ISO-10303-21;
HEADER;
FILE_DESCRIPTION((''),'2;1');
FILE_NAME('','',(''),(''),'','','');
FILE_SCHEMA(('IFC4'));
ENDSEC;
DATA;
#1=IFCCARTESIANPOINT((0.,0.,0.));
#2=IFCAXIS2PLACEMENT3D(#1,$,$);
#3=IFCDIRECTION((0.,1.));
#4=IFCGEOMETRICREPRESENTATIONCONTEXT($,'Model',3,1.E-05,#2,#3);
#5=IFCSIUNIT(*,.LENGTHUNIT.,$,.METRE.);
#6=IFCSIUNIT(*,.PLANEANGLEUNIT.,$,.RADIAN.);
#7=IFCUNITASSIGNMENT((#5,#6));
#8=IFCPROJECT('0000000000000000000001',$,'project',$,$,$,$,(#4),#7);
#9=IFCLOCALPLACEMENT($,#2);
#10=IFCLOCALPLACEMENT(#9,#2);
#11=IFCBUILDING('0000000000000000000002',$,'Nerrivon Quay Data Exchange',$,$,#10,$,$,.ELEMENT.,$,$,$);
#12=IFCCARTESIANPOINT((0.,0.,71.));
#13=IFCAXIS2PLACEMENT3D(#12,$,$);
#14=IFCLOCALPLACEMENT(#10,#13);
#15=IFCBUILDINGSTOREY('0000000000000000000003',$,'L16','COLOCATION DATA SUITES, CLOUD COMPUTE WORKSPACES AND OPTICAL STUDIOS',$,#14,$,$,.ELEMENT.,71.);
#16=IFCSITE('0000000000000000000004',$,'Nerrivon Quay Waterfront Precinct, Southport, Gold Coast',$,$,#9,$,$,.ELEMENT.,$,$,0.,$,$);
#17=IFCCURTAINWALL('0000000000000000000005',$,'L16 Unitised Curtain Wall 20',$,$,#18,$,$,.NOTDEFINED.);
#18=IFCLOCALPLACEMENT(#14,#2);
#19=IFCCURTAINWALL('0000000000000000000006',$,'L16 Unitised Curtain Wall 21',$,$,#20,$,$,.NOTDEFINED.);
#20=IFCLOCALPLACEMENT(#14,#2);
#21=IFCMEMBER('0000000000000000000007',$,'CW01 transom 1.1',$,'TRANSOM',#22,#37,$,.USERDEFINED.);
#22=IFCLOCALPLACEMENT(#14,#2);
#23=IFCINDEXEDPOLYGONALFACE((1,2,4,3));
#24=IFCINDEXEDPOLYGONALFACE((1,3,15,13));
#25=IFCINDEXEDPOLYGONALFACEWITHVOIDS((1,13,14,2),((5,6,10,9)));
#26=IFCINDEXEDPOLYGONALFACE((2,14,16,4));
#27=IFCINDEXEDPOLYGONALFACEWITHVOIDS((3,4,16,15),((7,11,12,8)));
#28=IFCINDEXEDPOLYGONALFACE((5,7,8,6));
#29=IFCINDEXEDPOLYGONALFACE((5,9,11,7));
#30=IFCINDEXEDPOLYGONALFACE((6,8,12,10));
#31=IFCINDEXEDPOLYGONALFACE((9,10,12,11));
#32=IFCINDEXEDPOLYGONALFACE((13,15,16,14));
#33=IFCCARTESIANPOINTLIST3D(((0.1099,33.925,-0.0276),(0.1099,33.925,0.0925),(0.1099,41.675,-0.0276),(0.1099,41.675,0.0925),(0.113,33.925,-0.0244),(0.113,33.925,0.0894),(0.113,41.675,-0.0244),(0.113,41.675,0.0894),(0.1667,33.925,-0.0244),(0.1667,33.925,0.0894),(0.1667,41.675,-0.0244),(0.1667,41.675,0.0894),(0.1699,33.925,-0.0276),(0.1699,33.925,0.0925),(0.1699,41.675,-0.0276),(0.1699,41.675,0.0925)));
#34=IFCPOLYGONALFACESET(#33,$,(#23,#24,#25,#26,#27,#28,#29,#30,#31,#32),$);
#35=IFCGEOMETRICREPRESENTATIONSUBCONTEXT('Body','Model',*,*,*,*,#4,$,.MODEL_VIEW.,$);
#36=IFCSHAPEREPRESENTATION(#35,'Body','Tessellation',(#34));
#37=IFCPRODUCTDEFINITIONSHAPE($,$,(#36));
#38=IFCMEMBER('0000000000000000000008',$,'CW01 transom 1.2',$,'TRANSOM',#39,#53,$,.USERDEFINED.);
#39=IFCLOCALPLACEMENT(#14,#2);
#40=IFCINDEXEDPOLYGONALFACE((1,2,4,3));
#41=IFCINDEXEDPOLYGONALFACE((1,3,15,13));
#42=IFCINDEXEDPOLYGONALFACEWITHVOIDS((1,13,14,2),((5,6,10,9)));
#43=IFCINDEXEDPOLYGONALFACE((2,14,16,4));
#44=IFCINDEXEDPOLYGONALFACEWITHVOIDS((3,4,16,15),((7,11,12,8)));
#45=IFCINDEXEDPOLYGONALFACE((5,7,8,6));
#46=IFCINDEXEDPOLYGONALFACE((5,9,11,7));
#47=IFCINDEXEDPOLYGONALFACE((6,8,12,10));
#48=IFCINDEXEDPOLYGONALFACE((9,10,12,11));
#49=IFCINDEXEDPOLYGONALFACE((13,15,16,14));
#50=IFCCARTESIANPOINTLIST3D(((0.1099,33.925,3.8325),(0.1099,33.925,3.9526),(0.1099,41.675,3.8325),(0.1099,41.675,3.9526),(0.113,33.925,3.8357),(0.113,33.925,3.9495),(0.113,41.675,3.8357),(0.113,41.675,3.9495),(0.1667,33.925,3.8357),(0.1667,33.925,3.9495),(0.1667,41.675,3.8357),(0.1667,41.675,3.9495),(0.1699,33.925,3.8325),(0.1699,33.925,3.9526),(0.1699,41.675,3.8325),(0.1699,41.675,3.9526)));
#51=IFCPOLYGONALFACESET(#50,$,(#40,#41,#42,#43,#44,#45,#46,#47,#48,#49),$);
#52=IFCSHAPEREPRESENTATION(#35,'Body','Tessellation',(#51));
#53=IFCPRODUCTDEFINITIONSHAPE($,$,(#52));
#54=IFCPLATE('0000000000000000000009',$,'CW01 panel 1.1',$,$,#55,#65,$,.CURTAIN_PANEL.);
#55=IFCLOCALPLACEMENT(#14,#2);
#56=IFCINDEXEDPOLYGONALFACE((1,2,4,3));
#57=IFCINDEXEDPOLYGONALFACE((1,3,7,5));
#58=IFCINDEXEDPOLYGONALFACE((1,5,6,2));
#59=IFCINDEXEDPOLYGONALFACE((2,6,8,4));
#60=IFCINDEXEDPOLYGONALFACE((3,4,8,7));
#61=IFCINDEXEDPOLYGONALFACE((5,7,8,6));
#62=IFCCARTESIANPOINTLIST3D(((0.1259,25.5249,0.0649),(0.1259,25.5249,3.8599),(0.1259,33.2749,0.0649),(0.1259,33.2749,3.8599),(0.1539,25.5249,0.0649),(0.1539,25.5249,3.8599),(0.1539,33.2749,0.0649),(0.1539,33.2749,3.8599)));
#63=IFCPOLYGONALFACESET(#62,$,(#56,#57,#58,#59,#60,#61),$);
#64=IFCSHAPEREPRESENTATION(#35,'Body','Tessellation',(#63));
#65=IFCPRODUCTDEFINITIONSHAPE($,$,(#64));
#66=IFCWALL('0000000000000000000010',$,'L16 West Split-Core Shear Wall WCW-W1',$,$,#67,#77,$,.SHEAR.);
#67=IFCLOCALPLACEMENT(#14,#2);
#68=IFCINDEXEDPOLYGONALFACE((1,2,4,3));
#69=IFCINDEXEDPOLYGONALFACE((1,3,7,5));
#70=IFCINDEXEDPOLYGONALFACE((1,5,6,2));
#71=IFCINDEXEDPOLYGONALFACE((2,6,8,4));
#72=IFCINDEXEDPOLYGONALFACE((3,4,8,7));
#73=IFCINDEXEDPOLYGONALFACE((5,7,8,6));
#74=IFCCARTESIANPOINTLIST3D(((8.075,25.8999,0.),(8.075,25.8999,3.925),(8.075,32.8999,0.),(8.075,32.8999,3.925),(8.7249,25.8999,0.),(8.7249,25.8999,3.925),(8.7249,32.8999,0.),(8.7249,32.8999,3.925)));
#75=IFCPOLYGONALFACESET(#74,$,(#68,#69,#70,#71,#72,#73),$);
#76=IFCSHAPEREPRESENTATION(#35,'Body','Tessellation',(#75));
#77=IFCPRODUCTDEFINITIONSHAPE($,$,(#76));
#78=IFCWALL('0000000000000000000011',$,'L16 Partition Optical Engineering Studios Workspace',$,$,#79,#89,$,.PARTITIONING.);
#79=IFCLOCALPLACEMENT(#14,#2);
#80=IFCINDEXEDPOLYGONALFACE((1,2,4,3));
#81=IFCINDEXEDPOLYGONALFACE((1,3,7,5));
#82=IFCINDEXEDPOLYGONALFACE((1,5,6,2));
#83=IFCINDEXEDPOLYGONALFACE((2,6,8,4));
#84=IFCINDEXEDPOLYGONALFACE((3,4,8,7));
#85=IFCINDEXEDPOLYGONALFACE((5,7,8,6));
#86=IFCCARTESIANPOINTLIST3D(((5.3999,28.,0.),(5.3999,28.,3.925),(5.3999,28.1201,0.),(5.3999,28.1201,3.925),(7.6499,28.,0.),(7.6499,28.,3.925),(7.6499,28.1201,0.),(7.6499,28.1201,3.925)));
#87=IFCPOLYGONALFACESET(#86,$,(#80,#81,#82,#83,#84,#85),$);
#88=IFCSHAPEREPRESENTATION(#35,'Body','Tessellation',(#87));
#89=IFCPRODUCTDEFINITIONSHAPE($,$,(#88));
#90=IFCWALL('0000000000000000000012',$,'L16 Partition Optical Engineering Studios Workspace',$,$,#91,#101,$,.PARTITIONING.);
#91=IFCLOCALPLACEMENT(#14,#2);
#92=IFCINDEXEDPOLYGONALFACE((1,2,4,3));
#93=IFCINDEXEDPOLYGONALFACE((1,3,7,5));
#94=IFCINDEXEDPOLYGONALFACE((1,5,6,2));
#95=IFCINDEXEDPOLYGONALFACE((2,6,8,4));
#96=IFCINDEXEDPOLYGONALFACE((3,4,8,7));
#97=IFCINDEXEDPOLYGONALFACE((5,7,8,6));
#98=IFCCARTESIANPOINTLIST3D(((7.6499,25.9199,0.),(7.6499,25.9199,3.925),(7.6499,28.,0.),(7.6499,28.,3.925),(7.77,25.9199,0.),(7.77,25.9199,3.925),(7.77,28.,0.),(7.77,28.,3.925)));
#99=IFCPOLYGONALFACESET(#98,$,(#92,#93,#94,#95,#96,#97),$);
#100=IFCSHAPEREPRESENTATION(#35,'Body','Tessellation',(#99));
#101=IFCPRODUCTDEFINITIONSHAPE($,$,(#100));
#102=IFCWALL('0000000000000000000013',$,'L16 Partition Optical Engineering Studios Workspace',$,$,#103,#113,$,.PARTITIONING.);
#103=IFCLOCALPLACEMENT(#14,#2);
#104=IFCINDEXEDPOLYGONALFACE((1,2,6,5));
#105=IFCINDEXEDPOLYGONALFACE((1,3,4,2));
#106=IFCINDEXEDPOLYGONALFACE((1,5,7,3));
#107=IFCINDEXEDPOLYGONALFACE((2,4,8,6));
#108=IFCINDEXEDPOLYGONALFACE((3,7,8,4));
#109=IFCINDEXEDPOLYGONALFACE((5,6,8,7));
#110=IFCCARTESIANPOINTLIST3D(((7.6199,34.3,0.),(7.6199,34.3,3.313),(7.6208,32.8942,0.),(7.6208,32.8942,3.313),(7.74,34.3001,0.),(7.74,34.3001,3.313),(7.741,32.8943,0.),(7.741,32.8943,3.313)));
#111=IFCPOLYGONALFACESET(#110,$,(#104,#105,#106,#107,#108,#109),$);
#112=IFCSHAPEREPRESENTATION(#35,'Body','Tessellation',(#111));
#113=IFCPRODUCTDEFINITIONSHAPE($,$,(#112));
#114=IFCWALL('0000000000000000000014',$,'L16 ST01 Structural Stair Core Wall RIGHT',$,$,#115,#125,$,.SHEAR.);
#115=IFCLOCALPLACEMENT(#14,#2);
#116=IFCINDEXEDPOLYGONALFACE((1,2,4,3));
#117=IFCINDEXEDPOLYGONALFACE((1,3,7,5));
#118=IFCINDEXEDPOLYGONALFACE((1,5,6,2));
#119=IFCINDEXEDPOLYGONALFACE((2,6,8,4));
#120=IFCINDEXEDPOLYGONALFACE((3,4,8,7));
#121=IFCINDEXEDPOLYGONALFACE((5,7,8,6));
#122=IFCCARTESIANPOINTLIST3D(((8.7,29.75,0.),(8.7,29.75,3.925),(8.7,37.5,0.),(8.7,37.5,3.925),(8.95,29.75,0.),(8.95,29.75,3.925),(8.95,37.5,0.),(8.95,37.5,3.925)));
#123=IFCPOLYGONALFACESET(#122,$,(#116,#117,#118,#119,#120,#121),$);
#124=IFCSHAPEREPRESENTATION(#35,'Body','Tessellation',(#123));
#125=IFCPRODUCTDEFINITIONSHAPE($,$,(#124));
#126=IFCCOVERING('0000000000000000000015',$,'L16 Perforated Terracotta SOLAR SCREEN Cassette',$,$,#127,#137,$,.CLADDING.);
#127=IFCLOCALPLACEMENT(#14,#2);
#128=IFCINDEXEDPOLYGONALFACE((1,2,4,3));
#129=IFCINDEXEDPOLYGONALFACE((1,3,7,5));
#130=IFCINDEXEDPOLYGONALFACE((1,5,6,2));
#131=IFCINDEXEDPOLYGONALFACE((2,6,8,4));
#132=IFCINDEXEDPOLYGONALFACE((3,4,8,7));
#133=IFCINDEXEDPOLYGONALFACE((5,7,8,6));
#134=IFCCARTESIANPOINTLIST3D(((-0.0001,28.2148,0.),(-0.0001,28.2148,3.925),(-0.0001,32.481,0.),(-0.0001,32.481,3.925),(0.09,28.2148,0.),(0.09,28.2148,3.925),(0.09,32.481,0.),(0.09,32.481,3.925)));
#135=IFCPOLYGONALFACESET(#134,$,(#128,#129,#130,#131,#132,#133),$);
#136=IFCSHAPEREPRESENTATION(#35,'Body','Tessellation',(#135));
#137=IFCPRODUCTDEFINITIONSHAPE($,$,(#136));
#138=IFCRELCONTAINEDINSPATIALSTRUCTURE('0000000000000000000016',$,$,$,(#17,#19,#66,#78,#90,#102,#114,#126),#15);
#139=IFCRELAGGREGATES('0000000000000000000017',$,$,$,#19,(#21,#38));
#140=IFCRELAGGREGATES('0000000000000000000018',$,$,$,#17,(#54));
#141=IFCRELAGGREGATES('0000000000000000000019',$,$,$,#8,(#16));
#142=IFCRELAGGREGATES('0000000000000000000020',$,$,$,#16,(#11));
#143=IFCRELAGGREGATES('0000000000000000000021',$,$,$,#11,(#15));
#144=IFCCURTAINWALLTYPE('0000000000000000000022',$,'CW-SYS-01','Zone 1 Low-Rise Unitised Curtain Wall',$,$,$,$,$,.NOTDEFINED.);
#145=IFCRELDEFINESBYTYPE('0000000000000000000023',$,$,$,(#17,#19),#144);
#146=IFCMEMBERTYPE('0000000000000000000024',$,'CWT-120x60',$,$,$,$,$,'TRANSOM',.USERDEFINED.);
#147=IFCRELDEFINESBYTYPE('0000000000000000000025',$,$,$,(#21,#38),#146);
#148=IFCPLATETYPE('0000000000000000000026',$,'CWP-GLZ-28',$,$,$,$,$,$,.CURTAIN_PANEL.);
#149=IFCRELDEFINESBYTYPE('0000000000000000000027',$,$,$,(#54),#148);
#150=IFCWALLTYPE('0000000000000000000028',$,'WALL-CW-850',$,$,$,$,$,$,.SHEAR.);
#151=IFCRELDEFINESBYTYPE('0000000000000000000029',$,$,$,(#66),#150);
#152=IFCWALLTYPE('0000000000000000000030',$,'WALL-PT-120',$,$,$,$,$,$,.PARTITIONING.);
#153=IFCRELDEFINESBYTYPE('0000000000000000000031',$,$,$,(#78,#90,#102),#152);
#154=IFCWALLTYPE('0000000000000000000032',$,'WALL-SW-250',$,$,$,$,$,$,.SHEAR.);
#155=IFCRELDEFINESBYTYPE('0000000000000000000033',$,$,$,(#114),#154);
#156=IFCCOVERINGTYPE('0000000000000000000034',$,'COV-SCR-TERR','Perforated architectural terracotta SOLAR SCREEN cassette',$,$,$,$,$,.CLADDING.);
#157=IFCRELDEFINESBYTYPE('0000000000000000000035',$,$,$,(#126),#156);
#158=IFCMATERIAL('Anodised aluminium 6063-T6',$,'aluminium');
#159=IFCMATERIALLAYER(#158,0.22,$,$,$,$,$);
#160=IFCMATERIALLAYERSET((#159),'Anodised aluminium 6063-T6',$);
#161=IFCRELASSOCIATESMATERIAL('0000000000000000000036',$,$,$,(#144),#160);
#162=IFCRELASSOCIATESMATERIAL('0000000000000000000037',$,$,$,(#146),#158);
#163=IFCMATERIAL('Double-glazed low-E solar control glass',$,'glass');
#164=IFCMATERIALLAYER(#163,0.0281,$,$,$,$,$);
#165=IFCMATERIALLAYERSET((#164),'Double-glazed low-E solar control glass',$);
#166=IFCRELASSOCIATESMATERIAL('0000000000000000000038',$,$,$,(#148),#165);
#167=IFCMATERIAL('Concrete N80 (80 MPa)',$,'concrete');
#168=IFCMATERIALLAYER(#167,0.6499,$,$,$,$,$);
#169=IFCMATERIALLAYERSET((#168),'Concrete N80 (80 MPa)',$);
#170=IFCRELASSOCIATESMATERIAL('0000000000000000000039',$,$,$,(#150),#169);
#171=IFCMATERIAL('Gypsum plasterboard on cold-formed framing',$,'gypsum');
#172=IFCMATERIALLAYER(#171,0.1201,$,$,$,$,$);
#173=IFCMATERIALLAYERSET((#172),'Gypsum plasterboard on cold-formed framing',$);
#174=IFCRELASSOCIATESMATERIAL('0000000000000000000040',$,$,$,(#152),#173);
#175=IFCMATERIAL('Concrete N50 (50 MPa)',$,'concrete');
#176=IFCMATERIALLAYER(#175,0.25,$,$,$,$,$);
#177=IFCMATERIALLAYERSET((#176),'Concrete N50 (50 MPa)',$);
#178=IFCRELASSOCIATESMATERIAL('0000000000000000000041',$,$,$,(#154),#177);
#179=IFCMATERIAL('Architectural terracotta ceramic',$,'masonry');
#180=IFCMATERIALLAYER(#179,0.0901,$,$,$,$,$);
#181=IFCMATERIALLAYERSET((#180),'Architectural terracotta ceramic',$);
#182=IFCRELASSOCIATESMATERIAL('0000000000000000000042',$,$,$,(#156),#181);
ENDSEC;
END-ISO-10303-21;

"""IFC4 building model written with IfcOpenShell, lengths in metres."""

from ifc_helpers import new_model, si_unit, direction, frame, frame_2d, origin, origin_2d, place, context, subcontext, project, spatial, rectangle, hollow_rectangle, extrude, material, layer, layer_set, material_profile, profile_set, type_object, element, aggregate, save


model = new_model("IFC4")

# Units and contexts
model_context = context("Model", 3, precision=1e-05, world=origin(), true_north=direction((0.0, 1.0)))
body_context = subcontext(model_context, "Body", "Model", "MODEL_VIEW")
ifc_project = project(units=[si_unit("LENGTHUNIT", "METRE"), si_unit("PLANEANGLEUNIT", "RADIAN")], contexts=[model_context])

# Site, building, storey
site_placement = place(None, origin())
site = spatial("IfcSite", under=ifc_project, at=site_placement, Name="Nerrivon Quay Waterfront Precinct, Southport, Gold Coast", CompositionType="ELEMENT", RefElevation=0.0)
building_placement = place(site_placement, origin())
building = spatial("IfcBuilding", under=site, at=building_placement, Name="Nerrivon Quay Data Exchange", CompositionType="ELEMENT")
storey_placement = place(building_placement, frame((0.0, 0.0, 71.0)))
storey = spatial("IfcBuildingStorey", under=building, at=storey_placement, Name="L16", Description="COLOCATION DATA SUITES, CLOUD COMPUTE WORKSPACES AND OPTICAL STUDIOS", CompositionType="ELEMENT", Elevation=71.0)

# Shared definitions
ifc_material_1 = material(Name="Concrete N80 (80 MPa)", Category="concrete")

# Curtain wall
ifc_material_2 = material(Name="Anodised aluminium 6063-T6", Category="aluminium")
ifc_layer_1 = layer(ifc_material_2, 0.22)
ifc_layer_set_1 = layer_set([ifc_layer_1], Name="Anodised aluminium 6063-T6")
curtain_wall_type = type_object("IfcCurtainWallType", Name="CW-SYS-01", Description="Zone 1 Low-Rise Unitised Curtain Wall", PredefinedType="NOTDEFINED", material=ifc_layer_set_1)
curtain_wall_1_placement = place(storey_placement, origin())
curtain_wall_1 = element("IfcCurtainWall", 1, at=curtain_wall_1_placement, inside=storey, type_object=curtain_wall_type, Name="L16 Unitised Curtain Wall 20", PredefinedType="NOTDEFINED")

# Curtain wall
curtain_wall_2_placement = place(storey_placement, origin())
curtain_wall_2 = element("IfcCurtainWall", 2, at=curtain_wall_2_placement, inside=storey, type_object=curtain_wall_type, Name="L16 Unitised Curtain Wall 21", PredefinedType="NOTDEFINED")

# Members
ifc_material_profile_1 = material_profile(ifc_material_2, hollow_rectangle(XDim=0.0601, YDim=0.1201, WallThickness=0.0032, at=origin_2d()), Name="ALU-TRAN-120x60")
ifc_profile_set_1 = profile_set([ifc_material_profile_1], Name="Anodised aluminium 6063-T6")
member_type_1 = type_object("IfcMemberType", Name="CWT-120x60", ElementType="TRANSOM", PredefinedType="USERDEFINED", material=ifc_profile_set_1)
member_1_placement = place(storey_placement, frame((0.1399, 33.925, 0.0325), z_axis=(0.0, 1.0, 0.0), x_axis=(-1.0, 0.0, 0.0)))
member_1 = element("IfcMember", 3, at=member_1_placement, type_object=member_type_1, Name="CW01 transom 1.1", ObjectType="TRANSOM", PredefinedType="USERDEFINED", context=body_context, shape_type="SweptSolid", body=[
    extrude(hollow_rectangle(XDim=0.0601, YDim=0.1201, WallThickness=0.0032, at=origin_2d()), origin(), (0.0, 0.0, 1.0), 7.75),
])
member_2_placement = place(storey_placement, frame((0.1399, 33.925, 3.8926), z_axis=(0.0, 1.0, 0.0), x_axis=(-1.0, 0.0, 0.0)))
member_2 = element("IfcMember", 4, at=member_2_placement, type_object=member_type_1, Name="CW01 transom 1.2", ObjectType="TRANSOM", PredefinedType="USERDEFINED", context=body_context, shape_type="SweptSolid", body=[
    extrude(hollow_rectangle(XDim=0.0601, YDim=0.1201, WallThickness=0.0032, at=origin_2d()), origin(), (0.0, 0.0, 1.0), 7.75),
])
aggregate(curtain_wall_2, [member_1, member_2])

# Plate
ifc_material_3 = material(Name="Double-glazed low-E solar control glass", Category="glass")
ifc_layer_2 = layer(ifc_material_3, 0.0281)
ifc_layer_set_2 = layer_set([ifc_layer_2], Name="Double-glazed low-E solar control glass")
plate_type = type_object("IfcPlateType", Name="CWP-GLZ-28", PredefinedType="CURTAIN_PANEL", material=ifc_layer_set_2)
plate_placement = place(storey_placement, frame((0.1399, 29.3999, 0.0649), z_axis=(0.0, 0.0, 1.0), x_axis=(0.0, 1.0, 0.0)))
plate = element("IfcPlate", 5, at=plate_placement, type_object=plate_type, Name="CW01 panel 1.1", PredefinedType="CURTAIN_PANEL", context=body_context, shape_type="SweptSolid", body=[
    extrude(rectangle(XDim=7.75, YDim=0.0281, at=origin_2d()), origin(), (0.0, 0.0, 1.0), 3.7949),
])
aggregate(curtain_wall_1, [plate])

# Walls
ifc_layer_3 = layer(ifc_material_1, 0.6499)
ifc_layer_set_3 = layer_set([ifc_layer_3], Name="Concrete N80 (80 MPa)")
wall_type_1 = type_object("IfcWallType", Name="WALL-CW-850", PredefinedType="SHEAR", material=ifc_layer_set_3)
wall_1_placement = place(storey_placement, frame((8.3999, 25.8999, 0.0), z_axis=(0.0, 0.0, 1.0), x_axis=(0.0, 1.0, 0.0)))
element("IfcWall", 6, at=wall_1_placement, inside=storey, type_object=wall_type_1, Name="L16 West Split-Core Shear Wall WCW-W1", PredefinedType="SHEAR", context=body_context, shape_type="SweptSolid", body=[
    extrude(rectangle(XDim=7.0, YDim=0.6499, at=frame_2d((3.5, 0.0))), origin(), (0.0, 0.0, 1.0), 3.925),
])
ifc_material_4 = material(Name="Gypsum plasterboard on cold-formed framing", Category="gypsum")
ifc_layer_4 = layer(ifc_material_4, 0.1201)
ifc_layer_set_4 = layer_set([ifc_layer_4], Name="Gypsum plasterboard on cold-formed framing")
wall_type_2 = type_object("IfcWallType", Name="WALL-PT-120", PredefinedType="PARTITIONING", material=ifc_layer_set_4)
wall_2_placement = place(storey_placement, frame((5.3999, 28.0601, 0.0), z_axis=(0.0, 0.0, 1.0), x_axis=(1.0, 0.0, 0.0)))
element("IfcWall", 7, at=wall_2_placement, inside=storey, type_object=wall_type_2, Name="L16 Partition Optical Engineering Studios Workspace", PredefinedType="PARTITIONING", context=body_context, shape_type="SweptSolid", body=[
    extrude(rectangle(XDim=2.25, YDim=0.1201, at=frame_2d((1.125, 0.0))), origin(), (0.0, 0.0, 1.0), 3.925),
])
wall_3_placement = place(storey_placement, frame((7.71, 28.0, 0.0), z_axis=(0.0, 0.0, 1.0), x_axis=(0.0, -1.0, 0.0)))
element("IfcWall", 8, at=wall_3_placement, inside=storey, type_object=wall_type_2, Name="L16 Partition Optical Engineering Studios Workspace", PredefinedType="PARTITIONING", context=body_context, shape_type="SweptSolid", body=[
    extrude(rectangle(XDim=2.0801, YDim=0.1201, at=frame_2d((1.04, 0.0))), origin(), (0.0, 0.0, 1.0), 3.925),
])
wall_4_placement = place(storey_placement, frame((7.6809, 32.8943, 0.0), z_axis=(0.0, 0.0, 1.0), x_axis=(-0.000695, 1.0, 0.0)))
element("IfcWall", 9, at=wall_4_placement, inside=storey, type_object=wall_type_2, Name="L16 Partition Optical Engineering Studios Workspace", PredefinedType="PARTITIONING", context=body_context, shape_type="SweptSolid", body=[
    extrude(rectangle(XDim=1.4058, YDim=0.1201, at=frame_2d((0.7029, 0.0))), origin(), (0.0, 0.0, 1.0), 3.313),
])
ifc_material_5 = material(Name="Concrete N50 (50 MPa)", Category="concrete")
ifc_layer_5 = layer(ifc_material_5, 0.25)
ifc_layer_set_5 = layer_set([ifc_layer_5], Name="Concrete N50 (50 MPa)")
wall_type_3 = type_object("IfcWallType", Name="WALL-SW-250", PredefinedType="SHEAR", material=ifc_layer_set_5)
wall_5_placement = place(storey_placement, frame((8.825, 29.75, 0.0), z_axis=(0.0, 0.0, 1.0), x_axis=(0.0, 1.0, 0.0)))
element("IfcWall", 10, at=wall_5_placement, inside=storey, type_object=wall_type_3, Name="L16 ST01 Structural Stair Core Wall RIGHT", PredefinedType="SHEAR", context=body_context, shape_type="SweptSolid", body=[
    extrude(rectangle(XDim=7.75, YDim=0.25, at=frame_2d((3.875, 0.0))), origin(), (0.0, 0.0, 1.0), 3.925),
])

# Covering
ifc_material_6 = material(Name="Architectural terracotta ceramic", Category="masonry")
ifc_layer_6 = layer(ifc_material_6, 0.0901)
ifc_layer_set_6 = layer_set([ifc_layer_6], Name="Architectural terracotta ceramic")
covering_type = type_object("IfcCoveringType", Name="COV-SCR-TERR", Description="Perforated architectural terracotta SOLAR SCREEN cassette", PredefinedType="CLADDING", material=ifc_layer_set_6)
covering_placement = place(storey_placement, frame((0.0449, 30.3479, 0.0), z_axis=(0.0, 0.0, 1.0), x_axis=(0.0, 1.0, 0.0)))
element("IfcCovering", 11, at=covering_placement, inside=storey, type_object=covering_type, Name="L16 Perforated Terracotta SOLAR SCREEN Cassette", PredefinedType="CLADDING", context=body_context, shape_type="SweptSolid", body=[
    extrude(rectangle(XDim=4.2661, YDim=0.0901, at=origin_2d()), origin(), (0.0, 0.0, 1.0), 3.925),
])

save(model, "model.ifc")
